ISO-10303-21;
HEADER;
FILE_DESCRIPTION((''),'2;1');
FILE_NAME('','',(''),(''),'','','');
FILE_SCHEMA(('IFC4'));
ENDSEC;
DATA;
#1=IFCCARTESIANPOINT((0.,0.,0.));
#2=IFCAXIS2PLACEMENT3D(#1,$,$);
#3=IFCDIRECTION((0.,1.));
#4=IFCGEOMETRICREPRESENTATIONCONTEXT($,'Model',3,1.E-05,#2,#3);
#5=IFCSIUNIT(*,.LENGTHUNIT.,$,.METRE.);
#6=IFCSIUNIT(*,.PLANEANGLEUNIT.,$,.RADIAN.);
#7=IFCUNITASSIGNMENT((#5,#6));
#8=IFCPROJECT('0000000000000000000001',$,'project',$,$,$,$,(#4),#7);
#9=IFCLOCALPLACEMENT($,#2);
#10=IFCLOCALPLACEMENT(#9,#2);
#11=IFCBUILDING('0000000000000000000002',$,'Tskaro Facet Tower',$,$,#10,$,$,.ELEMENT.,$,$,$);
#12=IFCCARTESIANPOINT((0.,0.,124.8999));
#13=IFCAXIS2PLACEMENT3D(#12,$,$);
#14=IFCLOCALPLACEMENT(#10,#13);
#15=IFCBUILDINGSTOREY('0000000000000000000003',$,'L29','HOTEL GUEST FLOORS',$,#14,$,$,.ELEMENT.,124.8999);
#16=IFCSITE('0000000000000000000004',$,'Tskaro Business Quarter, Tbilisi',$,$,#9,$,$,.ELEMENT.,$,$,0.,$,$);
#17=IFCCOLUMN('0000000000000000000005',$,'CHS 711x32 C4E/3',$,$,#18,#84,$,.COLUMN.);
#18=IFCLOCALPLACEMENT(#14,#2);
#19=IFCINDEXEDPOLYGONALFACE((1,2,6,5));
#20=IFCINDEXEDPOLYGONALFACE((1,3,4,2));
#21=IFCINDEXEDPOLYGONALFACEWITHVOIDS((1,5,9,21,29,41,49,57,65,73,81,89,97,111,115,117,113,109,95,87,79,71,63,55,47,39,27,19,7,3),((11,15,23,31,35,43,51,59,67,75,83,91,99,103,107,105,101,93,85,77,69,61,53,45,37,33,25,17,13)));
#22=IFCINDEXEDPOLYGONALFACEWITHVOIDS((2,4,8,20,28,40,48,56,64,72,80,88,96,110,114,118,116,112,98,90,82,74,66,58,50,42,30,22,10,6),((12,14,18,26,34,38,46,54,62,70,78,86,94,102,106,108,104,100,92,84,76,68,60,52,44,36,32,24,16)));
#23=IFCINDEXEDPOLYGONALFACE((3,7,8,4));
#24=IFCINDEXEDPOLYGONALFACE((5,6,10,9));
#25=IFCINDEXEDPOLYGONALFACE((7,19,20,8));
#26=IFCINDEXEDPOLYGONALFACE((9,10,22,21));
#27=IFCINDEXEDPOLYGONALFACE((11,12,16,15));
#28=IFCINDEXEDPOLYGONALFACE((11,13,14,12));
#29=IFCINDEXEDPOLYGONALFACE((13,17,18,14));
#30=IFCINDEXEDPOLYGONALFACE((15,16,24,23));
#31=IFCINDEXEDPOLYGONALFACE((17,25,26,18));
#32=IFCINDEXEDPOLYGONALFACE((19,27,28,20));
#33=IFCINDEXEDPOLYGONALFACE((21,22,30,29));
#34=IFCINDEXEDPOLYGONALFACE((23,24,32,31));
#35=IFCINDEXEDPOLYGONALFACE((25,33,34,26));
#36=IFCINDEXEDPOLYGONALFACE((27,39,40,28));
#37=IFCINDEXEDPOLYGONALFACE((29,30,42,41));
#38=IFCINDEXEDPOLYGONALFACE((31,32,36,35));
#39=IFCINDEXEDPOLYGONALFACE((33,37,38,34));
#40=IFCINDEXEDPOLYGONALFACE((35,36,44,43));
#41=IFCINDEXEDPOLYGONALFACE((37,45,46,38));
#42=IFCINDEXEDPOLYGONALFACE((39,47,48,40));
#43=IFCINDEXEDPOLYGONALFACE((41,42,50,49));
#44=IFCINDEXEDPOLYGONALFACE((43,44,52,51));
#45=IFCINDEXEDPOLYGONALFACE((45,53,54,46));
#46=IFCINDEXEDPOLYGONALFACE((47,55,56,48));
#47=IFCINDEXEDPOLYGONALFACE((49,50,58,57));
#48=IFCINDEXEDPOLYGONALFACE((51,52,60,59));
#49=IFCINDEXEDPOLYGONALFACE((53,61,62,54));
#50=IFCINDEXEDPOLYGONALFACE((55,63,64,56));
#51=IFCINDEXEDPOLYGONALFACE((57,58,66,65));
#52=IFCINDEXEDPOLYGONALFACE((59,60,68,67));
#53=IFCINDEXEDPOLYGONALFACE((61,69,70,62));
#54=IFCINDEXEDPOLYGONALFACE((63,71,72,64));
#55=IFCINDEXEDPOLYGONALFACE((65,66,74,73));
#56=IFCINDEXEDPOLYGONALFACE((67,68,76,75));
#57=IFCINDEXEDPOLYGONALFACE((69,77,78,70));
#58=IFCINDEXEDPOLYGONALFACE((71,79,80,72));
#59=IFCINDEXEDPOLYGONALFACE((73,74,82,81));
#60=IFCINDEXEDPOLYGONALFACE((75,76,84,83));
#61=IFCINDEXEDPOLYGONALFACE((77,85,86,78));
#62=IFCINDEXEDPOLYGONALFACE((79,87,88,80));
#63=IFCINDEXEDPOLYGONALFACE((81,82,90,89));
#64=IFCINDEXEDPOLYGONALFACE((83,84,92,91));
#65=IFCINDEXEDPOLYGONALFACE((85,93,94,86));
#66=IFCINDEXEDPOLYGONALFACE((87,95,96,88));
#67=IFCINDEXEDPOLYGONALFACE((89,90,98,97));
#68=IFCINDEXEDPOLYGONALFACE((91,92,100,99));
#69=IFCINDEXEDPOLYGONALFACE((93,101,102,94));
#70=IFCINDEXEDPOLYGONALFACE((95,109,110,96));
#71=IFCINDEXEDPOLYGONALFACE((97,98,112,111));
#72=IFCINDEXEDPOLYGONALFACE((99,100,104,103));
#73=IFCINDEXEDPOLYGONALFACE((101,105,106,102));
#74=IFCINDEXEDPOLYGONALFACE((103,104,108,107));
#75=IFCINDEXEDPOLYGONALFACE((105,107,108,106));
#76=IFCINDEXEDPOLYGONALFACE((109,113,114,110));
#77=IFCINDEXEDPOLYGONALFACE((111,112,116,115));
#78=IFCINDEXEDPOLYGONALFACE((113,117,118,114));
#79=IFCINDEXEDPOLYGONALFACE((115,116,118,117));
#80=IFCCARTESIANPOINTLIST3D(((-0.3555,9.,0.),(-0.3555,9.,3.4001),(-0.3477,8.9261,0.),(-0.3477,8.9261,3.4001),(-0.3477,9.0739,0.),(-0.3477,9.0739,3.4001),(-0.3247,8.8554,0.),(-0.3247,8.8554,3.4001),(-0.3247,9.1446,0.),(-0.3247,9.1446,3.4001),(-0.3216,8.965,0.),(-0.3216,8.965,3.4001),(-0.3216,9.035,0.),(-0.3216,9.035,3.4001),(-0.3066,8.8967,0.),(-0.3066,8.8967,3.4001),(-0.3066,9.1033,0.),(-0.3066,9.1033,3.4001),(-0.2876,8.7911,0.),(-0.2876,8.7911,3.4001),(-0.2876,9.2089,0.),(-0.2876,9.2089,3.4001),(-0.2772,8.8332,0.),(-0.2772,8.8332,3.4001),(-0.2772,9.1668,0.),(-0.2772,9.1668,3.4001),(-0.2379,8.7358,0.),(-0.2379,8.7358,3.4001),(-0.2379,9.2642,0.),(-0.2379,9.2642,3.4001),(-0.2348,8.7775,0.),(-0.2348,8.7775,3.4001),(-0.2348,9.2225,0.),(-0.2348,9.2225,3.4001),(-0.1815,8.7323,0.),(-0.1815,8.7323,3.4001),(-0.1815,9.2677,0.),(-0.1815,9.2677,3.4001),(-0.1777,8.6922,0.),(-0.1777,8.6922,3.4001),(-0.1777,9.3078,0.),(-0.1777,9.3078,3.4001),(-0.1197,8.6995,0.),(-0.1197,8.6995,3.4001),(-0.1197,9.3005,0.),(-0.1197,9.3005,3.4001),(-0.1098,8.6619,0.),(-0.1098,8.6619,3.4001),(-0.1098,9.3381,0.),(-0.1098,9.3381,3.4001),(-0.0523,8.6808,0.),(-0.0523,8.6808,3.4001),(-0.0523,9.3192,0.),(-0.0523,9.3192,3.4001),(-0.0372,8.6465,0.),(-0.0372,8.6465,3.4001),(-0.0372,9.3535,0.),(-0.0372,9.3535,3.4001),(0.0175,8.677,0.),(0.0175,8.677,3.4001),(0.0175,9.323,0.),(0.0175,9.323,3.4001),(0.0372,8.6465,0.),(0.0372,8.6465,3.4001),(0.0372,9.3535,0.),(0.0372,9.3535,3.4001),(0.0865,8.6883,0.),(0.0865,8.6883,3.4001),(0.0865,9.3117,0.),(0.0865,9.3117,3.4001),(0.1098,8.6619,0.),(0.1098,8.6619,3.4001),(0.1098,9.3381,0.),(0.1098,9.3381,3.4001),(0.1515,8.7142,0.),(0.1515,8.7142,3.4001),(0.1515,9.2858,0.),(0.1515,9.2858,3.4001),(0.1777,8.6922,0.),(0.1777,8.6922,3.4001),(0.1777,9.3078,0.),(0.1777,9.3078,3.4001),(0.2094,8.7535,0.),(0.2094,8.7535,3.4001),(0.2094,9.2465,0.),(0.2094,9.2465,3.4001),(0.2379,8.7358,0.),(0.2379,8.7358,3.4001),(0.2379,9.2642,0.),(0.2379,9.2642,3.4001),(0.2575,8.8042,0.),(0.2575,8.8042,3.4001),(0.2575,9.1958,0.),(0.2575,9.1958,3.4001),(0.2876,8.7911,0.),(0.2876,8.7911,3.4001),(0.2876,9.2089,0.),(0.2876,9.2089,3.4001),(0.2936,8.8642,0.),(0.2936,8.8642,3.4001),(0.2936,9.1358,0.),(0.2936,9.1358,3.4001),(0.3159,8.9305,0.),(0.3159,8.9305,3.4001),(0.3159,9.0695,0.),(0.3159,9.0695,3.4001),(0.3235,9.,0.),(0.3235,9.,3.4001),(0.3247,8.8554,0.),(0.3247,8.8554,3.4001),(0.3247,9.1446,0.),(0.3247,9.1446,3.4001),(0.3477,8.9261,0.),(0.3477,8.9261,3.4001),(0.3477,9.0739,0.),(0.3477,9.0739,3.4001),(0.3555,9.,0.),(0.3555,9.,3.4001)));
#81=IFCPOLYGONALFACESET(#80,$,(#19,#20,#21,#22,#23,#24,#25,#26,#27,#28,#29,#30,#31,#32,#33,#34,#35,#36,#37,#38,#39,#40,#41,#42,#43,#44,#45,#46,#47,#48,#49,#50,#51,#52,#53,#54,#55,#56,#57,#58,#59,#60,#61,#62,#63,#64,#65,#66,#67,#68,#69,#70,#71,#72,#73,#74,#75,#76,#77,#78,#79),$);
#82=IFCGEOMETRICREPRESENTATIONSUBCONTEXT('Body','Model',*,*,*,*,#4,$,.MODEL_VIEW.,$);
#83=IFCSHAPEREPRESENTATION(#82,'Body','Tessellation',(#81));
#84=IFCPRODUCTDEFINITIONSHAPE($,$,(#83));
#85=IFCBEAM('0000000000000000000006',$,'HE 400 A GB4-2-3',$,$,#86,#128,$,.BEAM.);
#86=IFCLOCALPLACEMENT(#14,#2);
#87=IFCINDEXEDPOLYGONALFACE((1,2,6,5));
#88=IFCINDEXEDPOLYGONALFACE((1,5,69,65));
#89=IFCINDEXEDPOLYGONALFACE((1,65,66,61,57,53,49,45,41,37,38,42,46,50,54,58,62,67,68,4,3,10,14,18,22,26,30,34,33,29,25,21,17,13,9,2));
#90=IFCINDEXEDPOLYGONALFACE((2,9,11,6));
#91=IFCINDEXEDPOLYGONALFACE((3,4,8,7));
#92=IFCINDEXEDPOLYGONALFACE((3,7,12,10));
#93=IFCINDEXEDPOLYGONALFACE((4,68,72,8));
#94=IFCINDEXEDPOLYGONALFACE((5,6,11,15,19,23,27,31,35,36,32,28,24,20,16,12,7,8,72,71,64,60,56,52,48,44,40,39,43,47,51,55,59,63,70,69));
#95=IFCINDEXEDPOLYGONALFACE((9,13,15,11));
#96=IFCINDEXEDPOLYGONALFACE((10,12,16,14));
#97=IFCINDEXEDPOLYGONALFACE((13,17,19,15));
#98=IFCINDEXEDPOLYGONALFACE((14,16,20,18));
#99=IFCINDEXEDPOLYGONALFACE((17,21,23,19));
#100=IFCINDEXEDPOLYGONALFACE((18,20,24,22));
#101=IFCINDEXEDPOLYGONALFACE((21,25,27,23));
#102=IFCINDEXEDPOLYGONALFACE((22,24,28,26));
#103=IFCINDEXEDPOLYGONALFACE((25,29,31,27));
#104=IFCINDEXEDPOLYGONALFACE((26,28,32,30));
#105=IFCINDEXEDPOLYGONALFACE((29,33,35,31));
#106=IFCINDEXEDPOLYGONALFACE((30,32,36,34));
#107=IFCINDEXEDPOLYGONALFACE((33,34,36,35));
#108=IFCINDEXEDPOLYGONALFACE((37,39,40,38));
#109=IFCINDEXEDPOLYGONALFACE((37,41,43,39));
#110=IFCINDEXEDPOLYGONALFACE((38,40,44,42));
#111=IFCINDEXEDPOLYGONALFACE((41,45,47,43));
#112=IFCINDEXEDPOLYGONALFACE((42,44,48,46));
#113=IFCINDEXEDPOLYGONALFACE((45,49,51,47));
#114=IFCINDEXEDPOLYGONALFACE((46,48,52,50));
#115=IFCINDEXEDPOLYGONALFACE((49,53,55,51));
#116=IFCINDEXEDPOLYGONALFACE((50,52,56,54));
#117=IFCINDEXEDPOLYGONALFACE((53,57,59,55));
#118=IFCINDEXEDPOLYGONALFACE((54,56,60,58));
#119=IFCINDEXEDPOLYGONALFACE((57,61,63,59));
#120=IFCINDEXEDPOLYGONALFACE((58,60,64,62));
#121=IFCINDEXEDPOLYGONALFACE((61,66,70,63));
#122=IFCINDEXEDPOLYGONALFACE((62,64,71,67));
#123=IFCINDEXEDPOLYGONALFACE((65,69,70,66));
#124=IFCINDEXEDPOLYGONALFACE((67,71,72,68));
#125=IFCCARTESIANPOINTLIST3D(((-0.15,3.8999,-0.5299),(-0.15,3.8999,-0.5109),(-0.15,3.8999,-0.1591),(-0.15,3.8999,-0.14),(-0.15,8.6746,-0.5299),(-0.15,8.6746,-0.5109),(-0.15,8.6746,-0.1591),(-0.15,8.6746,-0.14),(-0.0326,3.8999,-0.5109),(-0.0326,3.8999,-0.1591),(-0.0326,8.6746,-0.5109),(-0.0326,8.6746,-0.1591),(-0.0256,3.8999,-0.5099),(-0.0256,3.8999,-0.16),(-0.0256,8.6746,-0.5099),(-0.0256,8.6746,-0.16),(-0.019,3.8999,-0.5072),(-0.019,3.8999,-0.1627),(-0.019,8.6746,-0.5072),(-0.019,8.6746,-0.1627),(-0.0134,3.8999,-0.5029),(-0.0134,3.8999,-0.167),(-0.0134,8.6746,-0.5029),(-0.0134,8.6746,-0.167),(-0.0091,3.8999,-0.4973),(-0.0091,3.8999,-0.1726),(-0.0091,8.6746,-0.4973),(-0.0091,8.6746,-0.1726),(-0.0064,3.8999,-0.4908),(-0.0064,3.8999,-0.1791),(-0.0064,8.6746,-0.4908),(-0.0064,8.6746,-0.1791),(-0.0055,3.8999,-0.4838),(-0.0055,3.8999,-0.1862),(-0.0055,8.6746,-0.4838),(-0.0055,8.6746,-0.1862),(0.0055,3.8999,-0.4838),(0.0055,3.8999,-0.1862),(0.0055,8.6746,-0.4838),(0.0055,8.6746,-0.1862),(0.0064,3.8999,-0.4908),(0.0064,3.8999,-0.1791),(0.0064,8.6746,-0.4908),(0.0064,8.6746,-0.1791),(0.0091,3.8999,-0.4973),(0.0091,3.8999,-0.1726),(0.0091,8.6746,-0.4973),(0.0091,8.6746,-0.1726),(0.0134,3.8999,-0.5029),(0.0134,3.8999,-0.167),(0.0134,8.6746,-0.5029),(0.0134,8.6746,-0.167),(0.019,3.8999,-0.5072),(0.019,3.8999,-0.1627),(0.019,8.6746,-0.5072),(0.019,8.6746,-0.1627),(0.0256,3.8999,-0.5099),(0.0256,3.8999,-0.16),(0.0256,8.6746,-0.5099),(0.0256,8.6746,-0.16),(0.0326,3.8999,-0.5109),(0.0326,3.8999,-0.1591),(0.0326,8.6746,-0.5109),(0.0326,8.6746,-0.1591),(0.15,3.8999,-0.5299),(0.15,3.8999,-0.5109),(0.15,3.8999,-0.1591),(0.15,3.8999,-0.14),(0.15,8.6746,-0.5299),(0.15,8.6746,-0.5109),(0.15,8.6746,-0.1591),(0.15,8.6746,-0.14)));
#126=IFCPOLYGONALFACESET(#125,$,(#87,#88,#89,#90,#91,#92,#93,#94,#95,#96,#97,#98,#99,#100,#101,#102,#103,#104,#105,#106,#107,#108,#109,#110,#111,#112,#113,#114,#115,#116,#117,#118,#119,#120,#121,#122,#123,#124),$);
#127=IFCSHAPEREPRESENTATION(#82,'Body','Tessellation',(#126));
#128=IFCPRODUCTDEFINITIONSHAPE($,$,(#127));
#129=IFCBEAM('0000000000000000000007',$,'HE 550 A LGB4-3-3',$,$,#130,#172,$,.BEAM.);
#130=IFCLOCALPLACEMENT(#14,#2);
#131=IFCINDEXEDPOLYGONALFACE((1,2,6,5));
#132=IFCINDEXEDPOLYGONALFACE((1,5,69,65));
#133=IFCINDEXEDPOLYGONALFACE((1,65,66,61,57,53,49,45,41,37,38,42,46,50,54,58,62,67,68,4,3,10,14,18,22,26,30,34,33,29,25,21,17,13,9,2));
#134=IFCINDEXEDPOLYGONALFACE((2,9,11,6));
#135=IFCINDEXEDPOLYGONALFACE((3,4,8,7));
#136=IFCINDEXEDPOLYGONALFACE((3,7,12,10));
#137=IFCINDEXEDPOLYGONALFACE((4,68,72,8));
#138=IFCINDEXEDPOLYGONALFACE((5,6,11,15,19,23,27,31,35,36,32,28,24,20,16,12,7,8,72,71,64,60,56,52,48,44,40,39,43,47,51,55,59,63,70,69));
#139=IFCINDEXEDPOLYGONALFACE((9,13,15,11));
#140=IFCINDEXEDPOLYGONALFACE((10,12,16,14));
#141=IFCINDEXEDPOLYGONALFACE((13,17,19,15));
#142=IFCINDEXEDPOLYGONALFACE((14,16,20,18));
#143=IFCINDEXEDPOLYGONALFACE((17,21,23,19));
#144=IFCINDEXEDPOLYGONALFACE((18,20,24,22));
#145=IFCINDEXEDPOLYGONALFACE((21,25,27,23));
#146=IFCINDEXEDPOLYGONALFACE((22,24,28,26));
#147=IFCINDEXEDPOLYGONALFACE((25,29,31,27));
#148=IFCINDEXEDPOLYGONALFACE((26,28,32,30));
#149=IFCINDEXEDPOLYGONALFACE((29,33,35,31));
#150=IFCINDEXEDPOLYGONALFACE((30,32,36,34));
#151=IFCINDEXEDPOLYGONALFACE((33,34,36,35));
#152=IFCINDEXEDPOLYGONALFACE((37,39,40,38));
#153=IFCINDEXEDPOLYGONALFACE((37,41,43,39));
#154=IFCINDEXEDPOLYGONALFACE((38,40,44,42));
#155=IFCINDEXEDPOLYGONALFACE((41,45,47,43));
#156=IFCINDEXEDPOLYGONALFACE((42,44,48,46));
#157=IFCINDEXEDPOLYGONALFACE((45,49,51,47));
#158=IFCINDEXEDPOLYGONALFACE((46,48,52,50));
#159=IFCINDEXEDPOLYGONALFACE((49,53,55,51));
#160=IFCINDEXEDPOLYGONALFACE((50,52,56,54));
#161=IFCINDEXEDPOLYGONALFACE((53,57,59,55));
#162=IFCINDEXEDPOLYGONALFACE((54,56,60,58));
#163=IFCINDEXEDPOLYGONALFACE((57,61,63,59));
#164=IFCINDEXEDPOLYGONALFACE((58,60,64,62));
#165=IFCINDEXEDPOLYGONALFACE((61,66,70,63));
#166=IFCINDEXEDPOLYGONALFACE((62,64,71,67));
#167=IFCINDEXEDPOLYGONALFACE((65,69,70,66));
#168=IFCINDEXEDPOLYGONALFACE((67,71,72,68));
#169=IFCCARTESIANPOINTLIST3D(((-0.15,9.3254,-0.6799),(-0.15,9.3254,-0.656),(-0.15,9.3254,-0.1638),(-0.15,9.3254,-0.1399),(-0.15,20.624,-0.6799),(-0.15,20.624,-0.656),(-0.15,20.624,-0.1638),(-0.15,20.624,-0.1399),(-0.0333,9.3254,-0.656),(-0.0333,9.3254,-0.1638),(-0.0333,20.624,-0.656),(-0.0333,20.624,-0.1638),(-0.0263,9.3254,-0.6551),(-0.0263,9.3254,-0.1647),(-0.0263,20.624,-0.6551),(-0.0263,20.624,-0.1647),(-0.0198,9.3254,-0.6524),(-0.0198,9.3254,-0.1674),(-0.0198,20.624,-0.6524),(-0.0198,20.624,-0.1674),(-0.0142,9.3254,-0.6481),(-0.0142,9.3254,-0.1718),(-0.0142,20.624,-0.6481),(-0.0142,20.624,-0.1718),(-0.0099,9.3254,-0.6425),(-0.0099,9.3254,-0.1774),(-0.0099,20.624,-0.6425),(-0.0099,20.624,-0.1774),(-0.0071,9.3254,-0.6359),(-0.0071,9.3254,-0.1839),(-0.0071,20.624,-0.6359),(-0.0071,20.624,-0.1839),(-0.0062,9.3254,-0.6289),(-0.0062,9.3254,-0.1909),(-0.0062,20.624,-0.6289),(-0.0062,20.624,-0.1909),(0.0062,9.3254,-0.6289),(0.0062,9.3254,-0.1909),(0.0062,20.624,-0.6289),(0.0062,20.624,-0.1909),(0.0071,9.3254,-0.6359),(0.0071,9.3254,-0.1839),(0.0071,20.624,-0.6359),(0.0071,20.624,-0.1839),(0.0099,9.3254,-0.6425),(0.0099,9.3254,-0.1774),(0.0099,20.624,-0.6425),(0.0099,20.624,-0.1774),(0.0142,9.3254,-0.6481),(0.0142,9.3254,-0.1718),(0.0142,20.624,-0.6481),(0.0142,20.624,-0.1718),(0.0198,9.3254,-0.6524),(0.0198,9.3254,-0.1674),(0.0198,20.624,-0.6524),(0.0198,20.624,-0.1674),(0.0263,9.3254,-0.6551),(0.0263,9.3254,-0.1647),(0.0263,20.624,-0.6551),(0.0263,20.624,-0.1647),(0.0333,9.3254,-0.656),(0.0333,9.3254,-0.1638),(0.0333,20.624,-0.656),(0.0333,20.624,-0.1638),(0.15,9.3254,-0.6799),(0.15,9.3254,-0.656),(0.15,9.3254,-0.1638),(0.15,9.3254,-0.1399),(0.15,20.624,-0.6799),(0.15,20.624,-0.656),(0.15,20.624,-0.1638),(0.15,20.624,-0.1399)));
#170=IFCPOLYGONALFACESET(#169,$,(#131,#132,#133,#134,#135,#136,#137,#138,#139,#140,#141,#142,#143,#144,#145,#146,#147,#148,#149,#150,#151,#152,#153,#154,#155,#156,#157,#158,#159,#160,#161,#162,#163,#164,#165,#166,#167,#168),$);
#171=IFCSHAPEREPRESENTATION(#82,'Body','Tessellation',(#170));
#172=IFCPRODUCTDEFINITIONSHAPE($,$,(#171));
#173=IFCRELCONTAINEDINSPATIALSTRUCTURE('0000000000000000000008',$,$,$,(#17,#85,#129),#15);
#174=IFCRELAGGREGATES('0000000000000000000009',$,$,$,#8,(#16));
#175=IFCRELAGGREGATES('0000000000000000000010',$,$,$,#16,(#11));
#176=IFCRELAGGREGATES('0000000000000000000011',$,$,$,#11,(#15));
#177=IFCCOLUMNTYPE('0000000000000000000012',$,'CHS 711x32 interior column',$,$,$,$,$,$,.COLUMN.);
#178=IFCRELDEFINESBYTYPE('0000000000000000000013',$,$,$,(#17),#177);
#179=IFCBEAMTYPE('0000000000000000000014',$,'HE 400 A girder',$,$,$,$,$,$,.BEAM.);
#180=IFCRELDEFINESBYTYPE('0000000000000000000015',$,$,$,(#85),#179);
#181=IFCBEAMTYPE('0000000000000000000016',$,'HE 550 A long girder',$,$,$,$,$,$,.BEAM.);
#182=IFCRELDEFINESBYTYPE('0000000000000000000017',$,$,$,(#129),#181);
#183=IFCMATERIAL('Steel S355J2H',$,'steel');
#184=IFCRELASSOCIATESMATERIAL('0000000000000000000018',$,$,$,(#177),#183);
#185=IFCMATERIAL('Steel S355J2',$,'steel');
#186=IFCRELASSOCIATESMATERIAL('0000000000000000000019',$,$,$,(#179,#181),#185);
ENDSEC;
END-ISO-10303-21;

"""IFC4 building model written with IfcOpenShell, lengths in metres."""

from ifc_helpers import new_model, si_unit, direction, frame, origin, origin_2d, place, context, subcontext, project, spatial, hollow_circle, i_section, extrude, material, material_profile, profile_set, type_object, element, save


model = new_model("IFC4")

# Units and contexts
model_context = context("Model", 3, precision=1e-05, world=origin(), true_north=direction((0.0, 1.0)))
body_context = subcontext(model_context, "Body", "Model", "MODEL_VIEW")
ifc_project = project(units=[si_unit("LENGTHUNIT", "METRE"), si_unit("PLANEANGLEUNIT", "RADIAN")], contexts=[model_context])

# Site, building, storey
site_placement = place(None, origin())
site = spatial("IfcSite", under=ifc_project, at=site_placement, Name="Tskaro Business Quarter, Tbilisi", CompositionType="ELEMENT", RefElevation=0.0)
building_placement = place(site_placement, origin())
building = spatial("IfcBuilding", under=site, at=building_placement, Name="Tskaro Facet Tower", CompositionType="ELEMENT")
storey_placement = place(building_placement, frame((0.0, 0.0, 124.8999)))
storey = spatial("IfcBuildingStorey", under=building, at=storey_placement, Name="L29", Description="HOTEL GUEST FLOORS", CompositionType="ELEMENT", Elevation=124.8999)

# Column
ifc_material_1 = material(Name="Steel S355J2H", Category="steel")
ifc_material_profile_1 = material_profile(ifc_material_1, hollow_circle(Radius=0.3555, WallThickness=0.032, at=origin_2d()), Name="CHS 711x32")
ifc_profile_set_1 = profile_set([ifc_material_profile_1], Name="Steel S355J2H")
column_type = type_object("IfcColumnType", Name="CHS 711x32 interior column", PredefinedType="COLUMN", material=ifc_profile_set_1)
column_placement = place(storey_placement, frame((0.0, 9.0, 0.0), z_axis=(0.0, 0.0, 1.0), x_axis=(1.0, 0.0, 0.0)))
element("IfcColumn", 1, at=column_placement, inside=storey, type_object=column_type, Name="CHS 711x32 C4E/3", PredefinedType="COLUMN", context=body_context, shape_type="SweptSolid", body=[
    extrude(hollow_circle(Radius=0.3555, WallThickness=0.032, at=origin_2d()), origin(), (0.0, 0.0, 1.0), 3.4001),
])

# Beams
ifc_material_2 = material(Name="Steel S355J2", Category="steel")
ifc_material_profile_2 = material_profile(ifc_material_2, i_section(OverallWidth=0.3, OverallDepth=0.3899, WebThickness=0.011, FlangeThickness=0.019, FilletRadius=0.0271, at=origin_2d()), Name="HE 400 A")
ifc_profile_set_2 = profile_set([ifc_material_profile_2], Name="Steel S355J2")
beam_type_1 = type_object("IfcBeamType", Name="HE 400 A girder", PredefinedType="BEAM", material=ifc_profile_set_2)
beam_1_placement = place(storey_placement, frame((0.0, 3.8999, -0.335), z_axis=(0.0, 1.0, 0.0), x_axis=(-1.0, 0.0, 0.0)))
element("IfcBeam", 2, at=beam_1_placement, inside=storey, type_object=beam_type_1, Name="HE 400 A GB4-2-3", PredefinedType="BEAM", context=body_context, shape_type="SweptSolid", body=[
    extrude(i_section(OverallWidth=0.3, OverallDepth=0.3899, WebThickness=0.011, FlangeThickness=0.019, FilletRadius=0.0271, at=origin_2d()), origin(), (0.0, 0.0, 1.0), 4.7747),
])
ifc_material_profile_3 = material_profile(ifc_material_2, i_section(OverallWidth=0.3, OverallDepth=0.54, WebThickness=0.0125, FlangeThickness=0.0239, FilletRadius=0.0271, at=origin_2d()), Name="HE 550 A")
ifc_profile_set_3 = profile_set([ifc_material_profile_3], Name="Steel S355J2")
beam_type_2 = type_object("IfcBeamType", Name="HE 550 A long girder", PredefinedType="BEAM", material=ifc_profile_set_3)
beam_2_placement = place(storey_placement, frame((0.0, 9.3254, -0.4099), z_axis=(0.0, 1.0, 0.0), x_axis=(-1.0, 0.0, 0.0)))
element("IfcBeam", 3, at=beam_2_placement, inside=storey, type_object=beam_type_2, Name="HE 550 A LGB4-3-3", PredefinedType="BEAM", context=body_context, shape_type="SweptSolid", body=[
    extrude(i_section(OverallWidth=0.3, OverallDepth=0.54, WebThickness=0.0125, FlangeThickness=0.0239, FilletRadius=0.0271, at=origin_2d()), origin(), (0.0, 0.0, 1.0), 11.2986),
])

save(model, "model.ifc")
